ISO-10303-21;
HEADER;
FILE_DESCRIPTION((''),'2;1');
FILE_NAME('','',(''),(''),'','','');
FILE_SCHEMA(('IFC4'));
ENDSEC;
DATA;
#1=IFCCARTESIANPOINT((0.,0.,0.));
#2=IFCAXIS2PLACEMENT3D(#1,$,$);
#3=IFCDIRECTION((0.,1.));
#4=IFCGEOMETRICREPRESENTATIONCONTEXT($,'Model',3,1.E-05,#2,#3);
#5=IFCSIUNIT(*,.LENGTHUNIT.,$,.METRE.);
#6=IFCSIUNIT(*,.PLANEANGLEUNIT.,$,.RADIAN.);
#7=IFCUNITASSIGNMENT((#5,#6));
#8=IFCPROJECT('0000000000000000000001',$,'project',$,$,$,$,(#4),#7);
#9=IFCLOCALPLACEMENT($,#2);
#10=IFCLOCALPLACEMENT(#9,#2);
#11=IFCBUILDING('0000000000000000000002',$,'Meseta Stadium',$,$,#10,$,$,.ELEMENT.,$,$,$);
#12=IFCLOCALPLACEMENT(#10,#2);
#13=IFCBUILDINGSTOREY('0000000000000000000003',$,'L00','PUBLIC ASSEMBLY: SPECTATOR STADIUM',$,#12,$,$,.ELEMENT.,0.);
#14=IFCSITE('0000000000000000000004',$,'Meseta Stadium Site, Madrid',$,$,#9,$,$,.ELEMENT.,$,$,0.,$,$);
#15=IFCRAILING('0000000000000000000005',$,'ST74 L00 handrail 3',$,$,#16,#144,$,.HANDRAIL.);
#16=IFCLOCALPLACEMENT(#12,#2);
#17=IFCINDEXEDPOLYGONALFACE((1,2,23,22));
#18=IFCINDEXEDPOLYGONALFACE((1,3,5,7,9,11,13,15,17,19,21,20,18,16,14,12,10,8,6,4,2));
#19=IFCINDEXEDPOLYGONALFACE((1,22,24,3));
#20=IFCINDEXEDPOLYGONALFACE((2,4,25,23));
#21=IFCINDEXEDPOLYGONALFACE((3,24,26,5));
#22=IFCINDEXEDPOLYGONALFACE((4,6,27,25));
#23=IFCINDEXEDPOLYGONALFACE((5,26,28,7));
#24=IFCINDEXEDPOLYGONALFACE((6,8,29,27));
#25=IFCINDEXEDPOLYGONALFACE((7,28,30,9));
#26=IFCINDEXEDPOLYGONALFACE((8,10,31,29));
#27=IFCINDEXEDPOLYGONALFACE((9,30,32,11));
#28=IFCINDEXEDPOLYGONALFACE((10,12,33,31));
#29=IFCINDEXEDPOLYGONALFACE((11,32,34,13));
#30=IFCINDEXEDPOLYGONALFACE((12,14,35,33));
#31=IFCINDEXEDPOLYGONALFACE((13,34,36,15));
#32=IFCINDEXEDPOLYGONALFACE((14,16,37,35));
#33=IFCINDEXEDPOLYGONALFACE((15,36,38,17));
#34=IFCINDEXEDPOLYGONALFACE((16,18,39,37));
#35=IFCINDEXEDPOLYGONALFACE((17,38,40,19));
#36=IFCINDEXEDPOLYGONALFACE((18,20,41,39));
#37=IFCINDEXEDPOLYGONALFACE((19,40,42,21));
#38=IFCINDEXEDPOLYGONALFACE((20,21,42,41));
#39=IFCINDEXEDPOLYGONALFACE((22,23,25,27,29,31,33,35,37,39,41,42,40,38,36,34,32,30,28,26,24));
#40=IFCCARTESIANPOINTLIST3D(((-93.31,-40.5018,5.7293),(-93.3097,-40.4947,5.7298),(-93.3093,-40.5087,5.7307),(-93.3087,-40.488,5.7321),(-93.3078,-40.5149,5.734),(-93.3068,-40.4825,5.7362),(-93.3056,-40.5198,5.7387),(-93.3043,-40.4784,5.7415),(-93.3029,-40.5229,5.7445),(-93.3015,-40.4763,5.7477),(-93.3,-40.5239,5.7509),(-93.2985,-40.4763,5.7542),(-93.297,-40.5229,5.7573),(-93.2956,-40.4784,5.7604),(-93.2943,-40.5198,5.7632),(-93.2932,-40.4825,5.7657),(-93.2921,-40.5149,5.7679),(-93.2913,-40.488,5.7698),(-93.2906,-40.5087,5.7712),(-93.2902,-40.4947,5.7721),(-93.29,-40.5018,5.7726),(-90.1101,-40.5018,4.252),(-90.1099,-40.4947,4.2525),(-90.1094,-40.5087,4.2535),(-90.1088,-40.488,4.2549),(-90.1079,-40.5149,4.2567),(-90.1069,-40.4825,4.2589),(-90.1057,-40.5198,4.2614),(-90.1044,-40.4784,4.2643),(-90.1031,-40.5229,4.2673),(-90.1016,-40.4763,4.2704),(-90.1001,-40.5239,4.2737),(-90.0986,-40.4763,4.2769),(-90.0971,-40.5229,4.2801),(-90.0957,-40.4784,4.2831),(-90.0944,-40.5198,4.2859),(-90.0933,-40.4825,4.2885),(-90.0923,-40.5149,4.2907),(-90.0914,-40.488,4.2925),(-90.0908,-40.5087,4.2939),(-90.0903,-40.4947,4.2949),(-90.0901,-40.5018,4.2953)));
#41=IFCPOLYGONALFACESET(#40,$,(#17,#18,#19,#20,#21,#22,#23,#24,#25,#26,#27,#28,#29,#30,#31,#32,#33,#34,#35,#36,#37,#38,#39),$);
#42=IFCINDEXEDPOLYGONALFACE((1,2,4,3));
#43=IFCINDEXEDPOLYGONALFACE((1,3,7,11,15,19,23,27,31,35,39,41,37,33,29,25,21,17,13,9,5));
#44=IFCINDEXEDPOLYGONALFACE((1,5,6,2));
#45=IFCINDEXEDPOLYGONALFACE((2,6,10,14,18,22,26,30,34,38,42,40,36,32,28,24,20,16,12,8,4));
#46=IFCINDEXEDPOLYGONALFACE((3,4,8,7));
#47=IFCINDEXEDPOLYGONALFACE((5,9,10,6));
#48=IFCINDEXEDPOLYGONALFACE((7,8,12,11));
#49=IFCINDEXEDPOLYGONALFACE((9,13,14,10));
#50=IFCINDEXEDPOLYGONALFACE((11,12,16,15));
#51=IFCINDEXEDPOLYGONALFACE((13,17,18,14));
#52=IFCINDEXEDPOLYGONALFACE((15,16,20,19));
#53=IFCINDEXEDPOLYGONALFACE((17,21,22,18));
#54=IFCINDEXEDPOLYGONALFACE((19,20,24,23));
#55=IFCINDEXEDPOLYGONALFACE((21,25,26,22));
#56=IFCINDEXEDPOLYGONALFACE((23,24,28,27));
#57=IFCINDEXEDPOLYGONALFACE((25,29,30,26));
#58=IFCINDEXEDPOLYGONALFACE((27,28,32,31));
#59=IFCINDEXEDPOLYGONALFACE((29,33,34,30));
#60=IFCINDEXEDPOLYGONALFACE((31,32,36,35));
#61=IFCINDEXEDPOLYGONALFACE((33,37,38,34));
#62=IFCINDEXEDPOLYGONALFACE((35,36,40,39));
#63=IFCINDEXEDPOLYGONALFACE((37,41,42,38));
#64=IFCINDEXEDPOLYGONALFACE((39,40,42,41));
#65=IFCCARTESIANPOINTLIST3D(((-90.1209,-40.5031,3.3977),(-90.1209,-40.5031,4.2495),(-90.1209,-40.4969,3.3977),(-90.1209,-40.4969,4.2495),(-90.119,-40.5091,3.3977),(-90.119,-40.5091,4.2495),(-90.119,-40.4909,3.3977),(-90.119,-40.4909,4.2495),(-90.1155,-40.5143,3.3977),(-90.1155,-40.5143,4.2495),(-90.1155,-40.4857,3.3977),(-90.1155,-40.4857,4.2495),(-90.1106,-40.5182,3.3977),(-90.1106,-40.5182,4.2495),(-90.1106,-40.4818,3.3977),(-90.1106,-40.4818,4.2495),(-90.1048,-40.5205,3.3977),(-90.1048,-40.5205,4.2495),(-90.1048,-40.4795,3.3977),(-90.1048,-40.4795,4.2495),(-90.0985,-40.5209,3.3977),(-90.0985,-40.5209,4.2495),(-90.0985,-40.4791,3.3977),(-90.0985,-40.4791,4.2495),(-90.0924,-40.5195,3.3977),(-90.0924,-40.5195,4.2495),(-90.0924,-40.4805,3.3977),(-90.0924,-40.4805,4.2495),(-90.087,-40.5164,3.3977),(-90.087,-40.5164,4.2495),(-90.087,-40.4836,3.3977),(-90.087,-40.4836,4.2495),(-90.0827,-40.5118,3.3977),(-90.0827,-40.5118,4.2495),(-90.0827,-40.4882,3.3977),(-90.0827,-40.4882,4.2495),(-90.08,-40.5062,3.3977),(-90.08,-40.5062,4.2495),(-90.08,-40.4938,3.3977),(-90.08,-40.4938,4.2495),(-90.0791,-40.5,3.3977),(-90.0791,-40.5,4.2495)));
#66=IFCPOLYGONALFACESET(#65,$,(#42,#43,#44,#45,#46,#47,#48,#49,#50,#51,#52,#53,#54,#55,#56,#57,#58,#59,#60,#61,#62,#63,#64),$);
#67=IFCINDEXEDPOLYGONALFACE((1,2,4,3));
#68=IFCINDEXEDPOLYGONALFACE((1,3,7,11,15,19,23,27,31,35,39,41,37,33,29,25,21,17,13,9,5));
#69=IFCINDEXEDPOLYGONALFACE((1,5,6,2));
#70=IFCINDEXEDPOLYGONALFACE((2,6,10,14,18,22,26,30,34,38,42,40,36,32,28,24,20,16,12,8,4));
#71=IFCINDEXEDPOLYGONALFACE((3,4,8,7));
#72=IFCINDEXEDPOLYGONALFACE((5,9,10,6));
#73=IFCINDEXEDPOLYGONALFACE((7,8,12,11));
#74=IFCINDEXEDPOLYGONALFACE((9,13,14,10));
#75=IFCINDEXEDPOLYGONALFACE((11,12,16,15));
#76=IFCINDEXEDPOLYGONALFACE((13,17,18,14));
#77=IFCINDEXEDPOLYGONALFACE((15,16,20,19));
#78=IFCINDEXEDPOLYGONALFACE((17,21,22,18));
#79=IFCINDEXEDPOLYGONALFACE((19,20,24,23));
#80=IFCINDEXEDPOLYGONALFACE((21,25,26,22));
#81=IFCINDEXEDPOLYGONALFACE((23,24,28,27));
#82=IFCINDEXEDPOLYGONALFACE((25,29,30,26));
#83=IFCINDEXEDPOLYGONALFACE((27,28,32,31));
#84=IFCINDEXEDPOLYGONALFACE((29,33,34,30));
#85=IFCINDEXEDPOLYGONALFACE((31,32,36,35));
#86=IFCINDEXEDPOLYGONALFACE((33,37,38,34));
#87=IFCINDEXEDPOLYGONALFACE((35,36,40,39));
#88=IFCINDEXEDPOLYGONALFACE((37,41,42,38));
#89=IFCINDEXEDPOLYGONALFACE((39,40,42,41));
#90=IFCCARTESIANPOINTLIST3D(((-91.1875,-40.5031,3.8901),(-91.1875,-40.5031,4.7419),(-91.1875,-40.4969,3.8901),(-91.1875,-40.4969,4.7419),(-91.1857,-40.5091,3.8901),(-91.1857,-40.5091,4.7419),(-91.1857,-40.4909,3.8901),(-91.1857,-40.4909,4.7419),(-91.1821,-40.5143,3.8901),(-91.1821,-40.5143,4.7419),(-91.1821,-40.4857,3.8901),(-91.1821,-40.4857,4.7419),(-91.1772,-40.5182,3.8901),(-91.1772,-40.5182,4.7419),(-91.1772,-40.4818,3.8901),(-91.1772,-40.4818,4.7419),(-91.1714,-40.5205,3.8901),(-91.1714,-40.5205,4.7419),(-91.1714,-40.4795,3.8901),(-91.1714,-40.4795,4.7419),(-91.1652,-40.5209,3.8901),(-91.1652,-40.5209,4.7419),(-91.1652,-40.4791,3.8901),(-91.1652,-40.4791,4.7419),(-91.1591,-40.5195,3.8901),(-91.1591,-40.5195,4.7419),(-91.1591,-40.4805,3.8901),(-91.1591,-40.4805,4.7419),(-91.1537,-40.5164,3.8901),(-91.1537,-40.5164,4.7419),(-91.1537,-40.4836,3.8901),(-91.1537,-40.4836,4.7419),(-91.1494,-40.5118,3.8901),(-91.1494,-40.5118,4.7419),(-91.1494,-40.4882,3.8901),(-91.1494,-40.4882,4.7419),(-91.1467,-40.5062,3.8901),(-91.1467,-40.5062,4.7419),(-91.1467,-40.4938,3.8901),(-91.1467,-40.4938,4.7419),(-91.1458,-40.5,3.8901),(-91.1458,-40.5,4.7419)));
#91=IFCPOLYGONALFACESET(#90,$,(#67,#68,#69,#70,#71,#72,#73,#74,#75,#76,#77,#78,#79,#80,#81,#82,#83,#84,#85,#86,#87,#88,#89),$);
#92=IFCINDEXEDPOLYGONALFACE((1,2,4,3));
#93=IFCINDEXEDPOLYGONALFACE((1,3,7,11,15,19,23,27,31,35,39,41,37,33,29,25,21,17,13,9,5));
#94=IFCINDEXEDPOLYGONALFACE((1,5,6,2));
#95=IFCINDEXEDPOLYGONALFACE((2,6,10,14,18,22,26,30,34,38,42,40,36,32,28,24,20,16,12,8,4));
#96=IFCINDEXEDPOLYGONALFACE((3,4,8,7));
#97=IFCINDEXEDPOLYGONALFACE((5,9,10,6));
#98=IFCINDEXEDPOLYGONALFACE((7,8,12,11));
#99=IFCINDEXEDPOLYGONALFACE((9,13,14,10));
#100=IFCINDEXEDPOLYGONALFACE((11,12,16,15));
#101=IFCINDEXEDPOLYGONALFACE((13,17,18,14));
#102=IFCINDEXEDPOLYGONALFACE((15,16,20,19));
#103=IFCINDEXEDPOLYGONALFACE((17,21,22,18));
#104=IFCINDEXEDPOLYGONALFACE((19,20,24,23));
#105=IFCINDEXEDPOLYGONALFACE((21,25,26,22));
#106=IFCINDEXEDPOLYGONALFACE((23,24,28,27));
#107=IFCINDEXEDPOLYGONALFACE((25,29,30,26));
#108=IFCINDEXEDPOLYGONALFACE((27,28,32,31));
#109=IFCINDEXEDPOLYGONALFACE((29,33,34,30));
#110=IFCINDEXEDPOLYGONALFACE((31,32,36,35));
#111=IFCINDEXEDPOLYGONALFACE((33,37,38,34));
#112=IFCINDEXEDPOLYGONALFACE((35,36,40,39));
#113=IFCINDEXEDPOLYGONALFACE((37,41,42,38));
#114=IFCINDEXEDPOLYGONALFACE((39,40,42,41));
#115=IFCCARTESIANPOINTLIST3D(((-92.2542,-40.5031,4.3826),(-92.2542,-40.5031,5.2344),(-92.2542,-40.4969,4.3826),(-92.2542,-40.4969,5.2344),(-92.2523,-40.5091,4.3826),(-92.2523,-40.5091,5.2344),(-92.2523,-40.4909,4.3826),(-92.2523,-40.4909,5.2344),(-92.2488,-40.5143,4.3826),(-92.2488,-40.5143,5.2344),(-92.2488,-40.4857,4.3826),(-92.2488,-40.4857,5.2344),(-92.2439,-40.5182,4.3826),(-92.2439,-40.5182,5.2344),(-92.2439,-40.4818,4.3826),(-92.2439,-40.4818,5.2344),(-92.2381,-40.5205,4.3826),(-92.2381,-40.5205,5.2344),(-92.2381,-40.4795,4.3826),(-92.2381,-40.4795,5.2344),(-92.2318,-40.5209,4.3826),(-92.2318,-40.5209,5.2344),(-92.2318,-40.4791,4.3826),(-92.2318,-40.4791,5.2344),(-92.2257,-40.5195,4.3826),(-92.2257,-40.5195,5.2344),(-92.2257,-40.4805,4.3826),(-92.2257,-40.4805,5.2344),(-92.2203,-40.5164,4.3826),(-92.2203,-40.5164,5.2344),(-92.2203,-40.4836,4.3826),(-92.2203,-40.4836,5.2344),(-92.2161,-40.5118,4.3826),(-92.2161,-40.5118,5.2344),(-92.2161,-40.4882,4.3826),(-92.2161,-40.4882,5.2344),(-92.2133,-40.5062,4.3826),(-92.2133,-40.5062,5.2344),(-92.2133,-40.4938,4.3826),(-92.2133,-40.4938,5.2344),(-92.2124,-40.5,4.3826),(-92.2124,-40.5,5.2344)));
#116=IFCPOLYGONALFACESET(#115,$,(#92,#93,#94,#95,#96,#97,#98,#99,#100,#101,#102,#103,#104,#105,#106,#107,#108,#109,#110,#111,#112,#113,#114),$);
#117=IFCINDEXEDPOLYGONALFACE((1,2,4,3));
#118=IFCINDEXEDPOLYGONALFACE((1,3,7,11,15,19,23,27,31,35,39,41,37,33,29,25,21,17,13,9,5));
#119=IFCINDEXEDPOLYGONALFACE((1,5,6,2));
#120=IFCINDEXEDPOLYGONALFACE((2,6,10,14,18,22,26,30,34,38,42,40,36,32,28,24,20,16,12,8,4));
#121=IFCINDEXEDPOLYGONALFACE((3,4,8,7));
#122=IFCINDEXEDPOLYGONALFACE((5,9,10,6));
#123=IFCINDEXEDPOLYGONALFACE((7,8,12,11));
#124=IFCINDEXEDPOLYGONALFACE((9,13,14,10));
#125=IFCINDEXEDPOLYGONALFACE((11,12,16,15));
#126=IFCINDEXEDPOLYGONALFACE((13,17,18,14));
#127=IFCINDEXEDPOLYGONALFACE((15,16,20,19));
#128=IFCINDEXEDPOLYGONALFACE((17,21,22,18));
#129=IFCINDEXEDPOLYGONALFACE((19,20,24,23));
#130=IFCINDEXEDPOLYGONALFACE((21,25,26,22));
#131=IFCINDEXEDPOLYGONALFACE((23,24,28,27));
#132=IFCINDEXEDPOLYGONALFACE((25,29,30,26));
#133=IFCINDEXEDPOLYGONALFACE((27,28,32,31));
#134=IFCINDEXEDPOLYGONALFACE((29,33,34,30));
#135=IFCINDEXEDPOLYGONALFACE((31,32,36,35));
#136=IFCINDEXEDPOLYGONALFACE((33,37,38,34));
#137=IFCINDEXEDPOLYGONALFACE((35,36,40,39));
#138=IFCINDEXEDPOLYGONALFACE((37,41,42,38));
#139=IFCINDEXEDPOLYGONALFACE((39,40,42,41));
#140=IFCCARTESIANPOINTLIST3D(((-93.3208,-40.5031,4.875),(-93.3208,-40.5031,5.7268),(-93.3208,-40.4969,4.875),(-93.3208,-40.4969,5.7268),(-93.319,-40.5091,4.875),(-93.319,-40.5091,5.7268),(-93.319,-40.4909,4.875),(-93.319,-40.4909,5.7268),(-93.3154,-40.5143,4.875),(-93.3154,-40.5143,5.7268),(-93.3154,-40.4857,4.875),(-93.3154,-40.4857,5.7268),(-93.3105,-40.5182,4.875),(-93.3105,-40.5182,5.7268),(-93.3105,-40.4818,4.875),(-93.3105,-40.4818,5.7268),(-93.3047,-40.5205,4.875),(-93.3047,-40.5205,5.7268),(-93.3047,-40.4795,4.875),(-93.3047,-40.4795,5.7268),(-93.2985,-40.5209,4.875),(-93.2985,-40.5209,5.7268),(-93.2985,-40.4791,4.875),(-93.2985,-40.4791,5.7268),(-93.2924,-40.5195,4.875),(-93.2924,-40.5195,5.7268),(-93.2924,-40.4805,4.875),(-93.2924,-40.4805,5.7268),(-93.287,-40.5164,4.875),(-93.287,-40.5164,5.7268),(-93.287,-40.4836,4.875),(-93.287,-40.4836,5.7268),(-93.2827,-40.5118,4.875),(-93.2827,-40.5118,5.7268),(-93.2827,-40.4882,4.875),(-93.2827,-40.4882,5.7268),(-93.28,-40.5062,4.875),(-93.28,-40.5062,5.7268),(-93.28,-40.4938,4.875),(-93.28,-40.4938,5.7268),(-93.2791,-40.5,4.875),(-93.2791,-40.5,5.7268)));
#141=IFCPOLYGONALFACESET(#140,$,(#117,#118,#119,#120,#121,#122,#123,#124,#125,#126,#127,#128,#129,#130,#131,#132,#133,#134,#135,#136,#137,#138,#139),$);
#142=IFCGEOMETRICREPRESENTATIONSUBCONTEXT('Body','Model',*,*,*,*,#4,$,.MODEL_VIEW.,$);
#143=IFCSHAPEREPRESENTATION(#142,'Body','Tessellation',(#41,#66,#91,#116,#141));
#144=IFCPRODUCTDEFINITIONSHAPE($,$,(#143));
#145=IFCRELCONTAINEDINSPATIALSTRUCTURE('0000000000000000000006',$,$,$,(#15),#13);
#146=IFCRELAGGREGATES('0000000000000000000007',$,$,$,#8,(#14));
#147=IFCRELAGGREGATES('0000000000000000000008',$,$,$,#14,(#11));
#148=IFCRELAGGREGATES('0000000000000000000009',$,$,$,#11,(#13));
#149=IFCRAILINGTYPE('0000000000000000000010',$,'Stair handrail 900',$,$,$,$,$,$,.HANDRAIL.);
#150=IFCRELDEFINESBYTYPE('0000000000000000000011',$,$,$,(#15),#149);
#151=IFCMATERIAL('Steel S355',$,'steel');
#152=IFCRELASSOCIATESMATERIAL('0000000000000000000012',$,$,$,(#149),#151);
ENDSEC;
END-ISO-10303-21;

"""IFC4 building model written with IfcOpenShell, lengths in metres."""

from ifc_helpers import new_model, si_unit, direction, frame, origin, origin_2d, place, context, subcontext, project, spatial, circle, extrude, material, type_object, element, save


model = new_model("IFC4")

# Units and contexts
model_context = context("Model", 3, precision=1e-05, world=origin(), true_north=direction((0.0, 1.0)))
body_context = subcontext(model_context, "Body", "Model", "MODEL_VIEW")
ifc_project = project(units=[si_unit("LENGTHUNIT", "METRE"), si_unit("PLANEANGLEUNIT", "RADIAN")], contexts=[model_context])

# Site, building, storey
site_placement = place(None, origin())
site = spatial("IfcSite", under=ifc_project, at=site_placement, Name="Meseta Stadium Site, Madrid", CompositionType="ELEMENT", RefElevation=0.0)
building_placement = place(site_placement, origin())
building = spatial("IfcBuilding", under=site, at=building_placement, Name="Meseta Stadium", CompositionType="ELEMENT")
storey_placement = place(building_placement, origin())
storey = spatial("IfcBuildingStorey", under=building, at=storey_placement, Name="L00", Description="PUBLIC ASSEMBLY: SPECTATOR STADIUM", CompositionType="ELEMENT", Elevation=0.0)

# Railing
ifc_material_1 = material(Name="Steel S355", Category="steel")
railing_type_1 = type_object("IfcRailingType", Name="Stair handrail 900", PredefinedType="HANDRAIL", material=ifc_material_1)
for number, where, name in (
    (1, (-90.1001, -40.5, 3.3977), "ST74 L00 handrail 3"),
):
    element("IfcRailing", number, at=place(storey_placement, frame(where)), inside=storey, type_object=railing_type_1, Name=name, PredefinedType="HANDRAIL", context=body_context, shape_type="SweptSolid", body=[
        extrude(circle(Radius=0.0239, at=origin_2d()), frame((0.0, 0.0, 0.876), z_axis=(-0.907917, 0.0, 0.41915), x_axis=(0.0, -1.0, 0.0)), (0.0, 0.0, 1.0), 3.5244),
        extrude(circle(Radius=0.021, at=origin_2d()), origin(), (0.0, 0.0, 1.0), 0.8518),
        extrude(circle(Radius=0.021, at=origin_2d()), frame((-1.0667, 0.0, 0.4924)), (0.0, 0.0, 1.0), 0.8518),
        extrude(circle(Radius=0.021, at=origin_2d()), frame((-2.1333, 0.0, 0.9849)), (0.0, 0.0, 1.0), 0.8518),
        extrude(circle(Radius=0.021, at=origin_2d()), frame((-3.2, 0.0, 1.4773)), (0.0, 0.0, 1.0), 0.8518),
    ])

save(model, "model.ifc")
